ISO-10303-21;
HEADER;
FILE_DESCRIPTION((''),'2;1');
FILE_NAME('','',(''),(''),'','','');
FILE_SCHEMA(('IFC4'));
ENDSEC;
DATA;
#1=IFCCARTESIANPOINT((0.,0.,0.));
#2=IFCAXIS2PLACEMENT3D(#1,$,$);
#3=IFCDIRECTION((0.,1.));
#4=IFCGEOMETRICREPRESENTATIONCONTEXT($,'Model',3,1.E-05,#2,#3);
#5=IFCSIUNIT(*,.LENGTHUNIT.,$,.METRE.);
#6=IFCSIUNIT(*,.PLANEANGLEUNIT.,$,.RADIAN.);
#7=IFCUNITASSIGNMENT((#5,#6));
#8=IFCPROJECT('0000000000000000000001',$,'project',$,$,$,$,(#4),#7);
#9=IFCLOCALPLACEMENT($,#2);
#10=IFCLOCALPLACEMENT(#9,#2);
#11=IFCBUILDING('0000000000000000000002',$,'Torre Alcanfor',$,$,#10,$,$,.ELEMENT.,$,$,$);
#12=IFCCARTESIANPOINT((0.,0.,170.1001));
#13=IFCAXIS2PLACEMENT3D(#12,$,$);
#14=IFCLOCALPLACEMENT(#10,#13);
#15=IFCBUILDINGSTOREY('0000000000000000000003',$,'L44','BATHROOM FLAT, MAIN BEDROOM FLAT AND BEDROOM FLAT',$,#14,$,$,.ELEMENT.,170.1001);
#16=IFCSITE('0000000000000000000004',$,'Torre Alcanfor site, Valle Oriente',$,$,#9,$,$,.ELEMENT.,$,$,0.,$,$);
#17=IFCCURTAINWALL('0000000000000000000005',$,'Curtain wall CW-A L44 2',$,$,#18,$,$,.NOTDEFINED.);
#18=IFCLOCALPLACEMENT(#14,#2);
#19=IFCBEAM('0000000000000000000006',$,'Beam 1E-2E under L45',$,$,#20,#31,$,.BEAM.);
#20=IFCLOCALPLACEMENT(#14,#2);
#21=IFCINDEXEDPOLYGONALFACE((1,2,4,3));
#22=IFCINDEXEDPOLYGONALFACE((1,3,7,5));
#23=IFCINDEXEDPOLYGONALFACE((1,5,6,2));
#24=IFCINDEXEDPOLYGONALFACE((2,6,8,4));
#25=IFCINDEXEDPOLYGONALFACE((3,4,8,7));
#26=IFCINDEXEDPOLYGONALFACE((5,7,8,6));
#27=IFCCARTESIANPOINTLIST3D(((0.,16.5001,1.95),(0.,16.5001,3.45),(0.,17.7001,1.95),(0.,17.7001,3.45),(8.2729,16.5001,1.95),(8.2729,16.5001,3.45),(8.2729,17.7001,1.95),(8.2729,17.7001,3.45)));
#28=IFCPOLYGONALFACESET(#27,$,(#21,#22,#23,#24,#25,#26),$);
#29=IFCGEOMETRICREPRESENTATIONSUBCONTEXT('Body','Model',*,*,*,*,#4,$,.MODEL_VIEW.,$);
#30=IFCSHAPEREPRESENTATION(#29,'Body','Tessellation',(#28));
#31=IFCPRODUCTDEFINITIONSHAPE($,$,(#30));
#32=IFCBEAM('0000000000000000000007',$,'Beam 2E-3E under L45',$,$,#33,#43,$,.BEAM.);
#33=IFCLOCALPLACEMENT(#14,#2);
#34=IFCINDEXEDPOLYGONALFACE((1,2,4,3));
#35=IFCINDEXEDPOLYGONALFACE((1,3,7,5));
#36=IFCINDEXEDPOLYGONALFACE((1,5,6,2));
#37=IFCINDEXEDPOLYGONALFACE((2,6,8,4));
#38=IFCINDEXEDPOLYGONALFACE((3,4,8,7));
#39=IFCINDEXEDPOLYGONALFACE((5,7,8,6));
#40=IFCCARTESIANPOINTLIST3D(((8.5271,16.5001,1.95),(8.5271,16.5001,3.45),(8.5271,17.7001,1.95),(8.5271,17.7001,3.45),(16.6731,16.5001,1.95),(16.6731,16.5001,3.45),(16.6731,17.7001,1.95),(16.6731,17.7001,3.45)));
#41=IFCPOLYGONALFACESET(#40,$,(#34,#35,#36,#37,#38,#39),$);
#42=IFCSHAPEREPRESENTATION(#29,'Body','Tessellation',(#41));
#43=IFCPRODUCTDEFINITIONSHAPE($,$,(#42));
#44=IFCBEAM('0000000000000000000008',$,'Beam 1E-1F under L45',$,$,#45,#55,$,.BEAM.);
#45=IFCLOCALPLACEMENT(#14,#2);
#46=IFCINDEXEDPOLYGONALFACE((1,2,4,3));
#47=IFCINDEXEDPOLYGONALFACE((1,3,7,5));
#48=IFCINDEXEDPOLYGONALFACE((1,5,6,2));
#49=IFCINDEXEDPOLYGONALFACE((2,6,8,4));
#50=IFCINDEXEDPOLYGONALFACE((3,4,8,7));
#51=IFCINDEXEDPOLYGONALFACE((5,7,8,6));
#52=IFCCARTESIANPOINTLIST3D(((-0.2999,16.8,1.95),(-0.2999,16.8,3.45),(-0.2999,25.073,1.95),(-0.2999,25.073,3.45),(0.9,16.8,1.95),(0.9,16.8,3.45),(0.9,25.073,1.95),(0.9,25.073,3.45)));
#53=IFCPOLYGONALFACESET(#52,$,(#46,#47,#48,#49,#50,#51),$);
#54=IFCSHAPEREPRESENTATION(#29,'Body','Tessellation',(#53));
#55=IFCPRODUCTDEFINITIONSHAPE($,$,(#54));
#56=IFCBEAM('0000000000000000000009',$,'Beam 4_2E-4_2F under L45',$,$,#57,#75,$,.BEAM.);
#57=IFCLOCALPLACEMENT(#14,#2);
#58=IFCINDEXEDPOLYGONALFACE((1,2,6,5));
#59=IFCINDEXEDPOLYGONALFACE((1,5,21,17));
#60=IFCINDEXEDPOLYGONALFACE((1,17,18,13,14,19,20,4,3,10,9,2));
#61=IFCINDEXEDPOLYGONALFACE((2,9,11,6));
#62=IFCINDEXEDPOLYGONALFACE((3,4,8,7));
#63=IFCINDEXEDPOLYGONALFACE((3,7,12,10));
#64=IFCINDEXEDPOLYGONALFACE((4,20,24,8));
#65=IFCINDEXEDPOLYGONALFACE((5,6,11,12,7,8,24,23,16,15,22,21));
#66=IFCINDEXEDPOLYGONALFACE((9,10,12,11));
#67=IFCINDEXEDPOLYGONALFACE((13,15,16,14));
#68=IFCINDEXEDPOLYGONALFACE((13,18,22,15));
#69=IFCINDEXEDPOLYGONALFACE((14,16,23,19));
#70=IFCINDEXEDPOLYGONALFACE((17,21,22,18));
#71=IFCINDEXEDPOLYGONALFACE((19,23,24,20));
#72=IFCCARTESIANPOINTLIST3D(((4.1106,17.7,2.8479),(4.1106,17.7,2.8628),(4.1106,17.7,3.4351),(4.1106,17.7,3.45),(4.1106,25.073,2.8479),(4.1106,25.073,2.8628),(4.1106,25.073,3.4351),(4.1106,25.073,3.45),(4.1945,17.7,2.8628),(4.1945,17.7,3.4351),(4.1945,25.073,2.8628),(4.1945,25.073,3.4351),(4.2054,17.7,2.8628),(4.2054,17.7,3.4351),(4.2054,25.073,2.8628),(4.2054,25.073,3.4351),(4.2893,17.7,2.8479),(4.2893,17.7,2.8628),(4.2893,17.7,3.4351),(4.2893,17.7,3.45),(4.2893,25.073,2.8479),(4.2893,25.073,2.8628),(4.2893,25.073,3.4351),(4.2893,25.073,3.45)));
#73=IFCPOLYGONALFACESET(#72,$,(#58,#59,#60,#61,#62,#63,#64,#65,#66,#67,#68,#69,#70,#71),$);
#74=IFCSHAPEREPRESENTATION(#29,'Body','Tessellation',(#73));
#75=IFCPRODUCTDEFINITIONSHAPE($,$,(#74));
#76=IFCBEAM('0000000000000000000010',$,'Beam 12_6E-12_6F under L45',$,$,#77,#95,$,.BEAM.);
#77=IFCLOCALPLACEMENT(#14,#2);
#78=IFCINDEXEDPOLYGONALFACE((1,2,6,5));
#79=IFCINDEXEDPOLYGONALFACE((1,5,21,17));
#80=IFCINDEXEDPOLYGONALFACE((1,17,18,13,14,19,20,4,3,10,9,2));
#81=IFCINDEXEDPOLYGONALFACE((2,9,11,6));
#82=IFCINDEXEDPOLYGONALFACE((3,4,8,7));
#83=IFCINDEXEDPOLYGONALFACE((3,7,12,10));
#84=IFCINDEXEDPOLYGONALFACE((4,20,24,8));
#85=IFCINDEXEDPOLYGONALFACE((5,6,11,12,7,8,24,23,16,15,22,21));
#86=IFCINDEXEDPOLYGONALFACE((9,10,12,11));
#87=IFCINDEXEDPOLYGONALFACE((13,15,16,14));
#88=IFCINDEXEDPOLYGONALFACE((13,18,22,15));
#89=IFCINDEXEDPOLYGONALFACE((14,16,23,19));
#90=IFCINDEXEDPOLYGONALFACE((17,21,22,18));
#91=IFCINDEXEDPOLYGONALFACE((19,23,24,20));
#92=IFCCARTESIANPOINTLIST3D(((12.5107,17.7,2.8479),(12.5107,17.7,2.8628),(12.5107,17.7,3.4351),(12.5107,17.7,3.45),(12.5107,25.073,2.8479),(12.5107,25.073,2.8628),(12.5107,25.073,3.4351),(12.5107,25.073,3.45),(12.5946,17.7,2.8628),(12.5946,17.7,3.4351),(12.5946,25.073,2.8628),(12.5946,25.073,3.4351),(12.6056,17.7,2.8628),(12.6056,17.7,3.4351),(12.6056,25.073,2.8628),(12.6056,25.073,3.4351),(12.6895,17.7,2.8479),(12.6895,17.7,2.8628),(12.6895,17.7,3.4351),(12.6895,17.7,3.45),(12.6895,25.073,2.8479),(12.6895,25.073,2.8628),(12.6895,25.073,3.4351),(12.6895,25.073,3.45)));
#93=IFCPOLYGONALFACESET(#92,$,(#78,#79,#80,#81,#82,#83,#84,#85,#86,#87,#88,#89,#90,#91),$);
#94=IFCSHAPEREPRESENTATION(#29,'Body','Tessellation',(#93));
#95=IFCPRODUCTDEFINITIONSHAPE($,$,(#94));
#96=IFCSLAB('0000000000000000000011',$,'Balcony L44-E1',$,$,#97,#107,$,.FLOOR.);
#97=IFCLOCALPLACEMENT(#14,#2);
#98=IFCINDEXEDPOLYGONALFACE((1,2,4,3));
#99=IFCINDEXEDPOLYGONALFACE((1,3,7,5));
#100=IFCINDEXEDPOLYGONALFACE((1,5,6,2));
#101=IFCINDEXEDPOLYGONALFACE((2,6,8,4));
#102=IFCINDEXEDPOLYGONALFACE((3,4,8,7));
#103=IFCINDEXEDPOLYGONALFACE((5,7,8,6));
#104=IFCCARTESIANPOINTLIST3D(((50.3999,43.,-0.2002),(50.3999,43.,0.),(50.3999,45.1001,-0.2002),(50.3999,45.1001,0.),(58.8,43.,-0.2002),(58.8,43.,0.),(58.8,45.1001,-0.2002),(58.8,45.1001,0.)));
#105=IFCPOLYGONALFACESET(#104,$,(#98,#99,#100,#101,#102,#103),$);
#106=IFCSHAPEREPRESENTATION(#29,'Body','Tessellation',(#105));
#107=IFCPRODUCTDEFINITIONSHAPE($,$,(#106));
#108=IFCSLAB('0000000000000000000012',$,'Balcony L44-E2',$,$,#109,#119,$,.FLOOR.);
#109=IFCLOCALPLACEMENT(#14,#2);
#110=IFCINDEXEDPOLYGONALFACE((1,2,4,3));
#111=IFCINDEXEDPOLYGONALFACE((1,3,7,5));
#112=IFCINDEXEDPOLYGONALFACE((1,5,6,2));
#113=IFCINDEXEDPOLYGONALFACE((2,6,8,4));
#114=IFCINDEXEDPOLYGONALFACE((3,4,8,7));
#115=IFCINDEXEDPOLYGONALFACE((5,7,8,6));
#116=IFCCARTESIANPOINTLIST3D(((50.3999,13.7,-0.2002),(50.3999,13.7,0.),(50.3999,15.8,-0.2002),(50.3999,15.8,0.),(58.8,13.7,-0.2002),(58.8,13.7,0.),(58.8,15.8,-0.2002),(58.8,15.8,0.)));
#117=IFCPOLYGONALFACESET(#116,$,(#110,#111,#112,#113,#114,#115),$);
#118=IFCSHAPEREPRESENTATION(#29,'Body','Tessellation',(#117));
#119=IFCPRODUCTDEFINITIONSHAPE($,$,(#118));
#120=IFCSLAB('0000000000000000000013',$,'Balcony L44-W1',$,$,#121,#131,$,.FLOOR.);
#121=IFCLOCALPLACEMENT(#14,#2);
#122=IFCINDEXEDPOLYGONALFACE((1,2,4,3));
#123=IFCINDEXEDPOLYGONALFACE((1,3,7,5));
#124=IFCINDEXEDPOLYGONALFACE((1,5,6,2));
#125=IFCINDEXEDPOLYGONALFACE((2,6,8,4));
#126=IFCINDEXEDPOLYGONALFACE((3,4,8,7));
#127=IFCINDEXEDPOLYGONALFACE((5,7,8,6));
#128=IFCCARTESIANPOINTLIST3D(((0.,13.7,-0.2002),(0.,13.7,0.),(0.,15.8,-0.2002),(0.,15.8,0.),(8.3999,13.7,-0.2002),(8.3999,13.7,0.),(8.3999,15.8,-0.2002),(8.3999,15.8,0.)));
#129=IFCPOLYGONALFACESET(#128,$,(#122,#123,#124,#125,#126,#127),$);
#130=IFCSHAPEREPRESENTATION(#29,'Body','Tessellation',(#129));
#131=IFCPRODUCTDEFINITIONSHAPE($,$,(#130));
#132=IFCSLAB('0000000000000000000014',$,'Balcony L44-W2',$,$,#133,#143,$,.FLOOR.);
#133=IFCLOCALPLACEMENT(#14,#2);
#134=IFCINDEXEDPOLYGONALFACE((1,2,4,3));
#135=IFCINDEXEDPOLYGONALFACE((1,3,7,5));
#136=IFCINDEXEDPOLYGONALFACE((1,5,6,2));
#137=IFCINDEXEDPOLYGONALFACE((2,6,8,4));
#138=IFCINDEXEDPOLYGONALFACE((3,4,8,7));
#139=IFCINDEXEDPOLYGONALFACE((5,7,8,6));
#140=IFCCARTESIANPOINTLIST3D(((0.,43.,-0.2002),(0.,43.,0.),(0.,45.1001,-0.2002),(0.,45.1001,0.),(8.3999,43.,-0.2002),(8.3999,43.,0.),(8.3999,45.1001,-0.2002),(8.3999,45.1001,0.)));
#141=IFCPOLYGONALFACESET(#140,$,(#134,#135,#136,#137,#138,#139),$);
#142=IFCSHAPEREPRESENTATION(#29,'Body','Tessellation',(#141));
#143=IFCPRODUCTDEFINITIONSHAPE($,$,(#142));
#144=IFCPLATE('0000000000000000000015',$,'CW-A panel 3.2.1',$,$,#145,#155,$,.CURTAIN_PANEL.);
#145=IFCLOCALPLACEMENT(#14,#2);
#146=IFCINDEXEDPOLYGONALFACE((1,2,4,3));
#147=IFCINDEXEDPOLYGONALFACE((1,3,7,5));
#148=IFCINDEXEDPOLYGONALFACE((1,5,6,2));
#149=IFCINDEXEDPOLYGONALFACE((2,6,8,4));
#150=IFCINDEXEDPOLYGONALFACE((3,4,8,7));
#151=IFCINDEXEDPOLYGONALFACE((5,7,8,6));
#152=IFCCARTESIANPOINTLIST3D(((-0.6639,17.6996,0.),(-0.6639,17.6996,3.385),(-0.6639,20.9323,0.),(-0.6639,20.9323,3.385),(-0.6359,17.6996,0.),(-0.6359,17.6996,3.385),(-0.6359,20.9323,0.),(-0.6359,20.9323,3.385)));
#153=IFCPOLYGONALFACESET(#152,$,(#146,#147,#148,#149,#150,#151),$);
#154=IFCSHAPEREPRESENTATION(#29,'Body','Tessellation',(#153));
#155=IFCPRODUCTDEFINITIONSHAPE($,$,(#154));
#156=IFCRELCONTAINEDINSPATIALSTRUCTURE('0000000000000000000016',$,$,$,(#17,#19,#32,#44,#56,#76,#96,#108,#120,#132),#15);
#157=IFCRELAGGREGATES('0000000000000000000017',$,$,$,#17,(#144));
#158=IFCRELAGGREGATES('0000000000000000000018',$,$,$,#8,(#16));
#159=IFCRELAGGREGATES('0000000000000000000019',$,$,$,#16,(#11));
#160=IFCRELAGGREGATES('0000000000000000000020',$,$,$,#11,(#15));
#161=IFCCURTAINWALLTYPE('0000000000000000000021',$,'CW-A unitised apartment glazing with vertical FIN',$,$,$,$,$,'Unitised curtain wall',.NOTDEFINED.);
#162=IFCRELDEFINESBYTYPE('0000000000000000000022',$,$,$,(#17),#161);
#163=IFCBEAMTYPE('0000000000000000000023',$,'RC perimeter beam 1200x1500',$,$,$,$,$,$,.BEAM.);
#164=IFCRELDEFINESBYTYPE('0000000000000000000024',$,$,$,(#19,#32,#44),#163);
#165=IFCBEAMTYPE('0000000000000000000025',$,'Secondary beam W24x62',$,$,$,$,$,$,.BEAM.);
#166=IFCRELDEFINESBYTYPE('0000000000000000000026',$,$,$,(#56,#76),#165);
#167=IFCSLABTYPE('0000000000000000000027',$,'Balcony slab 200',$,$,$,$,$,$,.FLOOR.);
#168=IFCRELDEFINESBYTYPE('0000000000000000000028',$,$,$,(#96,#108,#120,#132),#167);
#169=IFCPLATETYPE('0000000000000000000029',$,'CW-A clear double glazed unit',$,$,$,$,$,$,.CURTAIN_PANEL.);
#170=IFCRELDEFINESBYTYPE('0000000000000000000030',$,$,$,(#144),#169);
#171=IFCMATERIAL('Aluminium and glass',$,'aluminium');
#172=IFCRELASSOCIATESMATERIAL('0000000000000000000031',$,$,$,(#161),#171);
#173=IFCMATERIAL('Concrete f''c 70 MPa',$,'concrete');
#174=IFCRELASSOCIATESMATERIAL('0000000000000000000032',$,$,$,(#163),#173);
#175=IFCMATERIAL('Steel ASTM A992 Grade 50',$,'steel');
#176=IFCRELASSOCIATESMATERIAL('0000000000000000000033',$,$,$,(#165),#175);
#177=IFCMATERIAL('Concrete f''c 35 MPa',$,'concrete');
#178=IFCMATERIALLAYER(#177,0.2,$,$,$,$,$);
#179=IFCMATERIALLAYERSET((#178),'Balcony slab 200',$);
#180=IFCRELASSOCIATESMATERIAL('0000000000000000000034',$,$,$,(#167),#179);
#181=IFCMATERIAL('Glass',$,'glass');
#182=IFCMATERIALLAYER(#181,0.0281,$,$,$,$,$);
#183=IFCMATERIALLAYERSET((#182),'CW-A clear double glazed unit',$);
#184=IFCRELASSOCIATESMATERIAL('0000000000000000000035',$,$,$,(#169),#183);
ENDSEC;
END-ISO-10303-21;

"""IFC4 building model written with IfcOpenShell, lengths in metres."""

from ifc_helpers import new_model, si_unit, direction, frame, origin, origin_2d, place, context, subcontext, project, spatial, polyline, rectangle, i_section, outline, extrude, material, layer, layer_set, material_profile, profile_set, type_object, element, aggregate, save


model = new_model("IFC4")

# Units and contexts
model_context = context("Model", 3, precision=1e-05, world=origin(), true_north=direction((0.0, 1.0)))
body_context = subcontext(model_context, "Body", "Model", "MODEL_VIEW")
ifc_project = project(units=[si_unit("LENGTHUNIT", "METRE"), si_unit("PLANEANGLEUNIT", "RADIAN")], contexts=[model_context])

# Site, building, storey
site_placement = place(None, origin())
site = spatial("IfcSite", under=ifc_project, at=site_placement, Name="Torre Alcanfor site, Valle Oriente", CompositionType="ELEMENT", RefElevation=0.0)
building_placement = place(site_placement, origin())
building = spatial("IfcBuilding", under=site, at=building_placement, Name="Torre Alcanfor", CompositionType="ELEMENT")
storey_placement = place(building_placement, frame((0.0, 0.0, 170.1001)))
storey = spatial("IfcBuildingStorey", under=building, at=storey_placement, Name="L44", Description="BATHROOM FLAT, MAIN BEDROOM FLAT AND BEDROOM FLAT", CompositionType="ELEMENT", Elevation=170.1001)

# Curtain wall
ifc_material_1 = material(Name="Aluminium and glass", Category="aluminium")
curtain_wall_type = type_object("IfcCurtainWallType", Name="CW-A unitised apartment glazing with vertical FIN", ElementType="Unitised curtain wall", PredefinedType="NOTDEFINED", material=ifc_material_1)
curtain_wall_placement = place(storey_placement, origin())
curtain_wall = element("IfcCurtainWall", 1, at=curtain_wall_placement, inside=storey, type_object=curtain_wall_type, Name="Curtain wall CW-A L44 2", PredefinedType="NOTDEFINED")

# Beams
ifc_material_2 = material(Name="Concrete f'c 70 MPa", Category="concrete")
ifc_material_profile_1 = material_profile(ifc_material_2, rectangle(XDim=1.2, YDim=1.5, at=origin_2d()), Name="1200x1500")
ifc_profile_set_1 = profile_set([ifc_material_profile_1], Name="Concrete f'c 70 MPa")
beam_type_1 = type_object("IfcBeamType", Name="RC perimeter beam 1200x1500", PredefinedType="BEAM", material=ifc_profile_set_1)
beam_1_placement = place(storey_placement, frame((0.0, 17.1001, 2.7), z_axis=(1.0, 0.0, 0.0), x_axis=(0.0, 1.0, 0.0)))
element("IfcBeam", 2, at=beam_1_placement, inside=storey, type_object=beam_type_1, Name="Beam 1E-2E under L45", PredefinedType="BEAM", context=body_context, shape_type="SweptSolid", body=[
    extrude(rectangle(XDim=1.2, YDim=1.5, at=origin_2d()), origin(), (0.0, 0.0, 1.0), 8.2729),
])
beam_2_placement = place(storey_placement, frame((8.5271, 17.1001, 2.7), z_axis=(1.0, 0.0, 0.0), x_axis=(0.0, 1.0, 0.0)))
element("IfcBeam", 3, at=beam_2_placement, inside=storey, type_object=beam_type_1, Name="Beam 2E-3E under L45", PredefinedType="BEAM", context=body_context, shape_type="SweptSolid", body=[
    extrude(rectangle(XDim=1.2, YDim=1.5, at=origin_2d()), origin(), (0.0, 0.0, 1.0), 8.146),
])
beam_3_placement = place(storey_placement, frame((0.3, 16.8, 2.7), z_axis=(0.0, 1.0, 0.0), x_axis=(-1.0, 0.0, 0.0)))
element("IfcBeam", 4, at=beam_3_placement, inside=storey, type_object=beam_type_1, Name="Beam 1E-1F under L45", PredefinedType="BEAM", context=body_context, shape_type="SweptSolid", body=[
    extrude(rectangle(XDim=1.2, YDim=1.5, at=origin_2d()), origin(), (0.0, 0.0, 1.0), 8.2729),
])
ifc_material_3 = material(Name="Steel ASTM A992 Grade 50", Category="steel")
ifc_material_profile_2 = material_profile(ifc_material_3, i_section(OverallWidth=0.1787, OverallDepth=0.6021, WebThickness=0.011, FlangeThickness=0.0149, at=origin_2d()), Name="W24x62")
ifc_profile_set_2 = profile_set([ifc_material_profile_2], Name="Steel ASTM A992 Grade 50")
beam_type_2 = type_object("IfcBeamType", Name="Secondary beam W24x62", PredefinedType="BEAM", material=ifc_profile_set_2)
for number, where, z_axis, x_axis, name in (
    (5, (4.2, 17.7, 3.1489), (0.0, 1.0, 0.0), (-1.0, 0.0, 0.0), "Beam 4_2E-4_2F under L45"),
    (6, (12.6001, 17.7, 3.1489), (0.0, 1.0, 0.0), (-1.0, 0.0, 0.0), "Beam 12_6E-12_6F under L45"),
):
    element("IfcBeam", number, at=place(storey_placement, frame(where, z_axis=z_axis, x_axis=x_axis)), inside=storey, type_object=beam_type_2, Name=name, PredefinedType="BEAM", context=body_context, shape_type="SweptSolid", body=[
        extrude(i_section(OverallWidth=0.1787, OverallDepth=0.6021, WebThickness=0.011, FlangeThickness=0.0149, at=origin_2d()), origin(), (0.0, 0.0, 1.0), 7.373),
    ])

# Slabs
ifc_material_4 = material(Name="Concrete f'c 35 MPa", Category="concrete")
ifc_layer_1 = layer(ifc_material_4, 0.2)
ifc_layer_set_1 = layer_set([ifc_layer_1], Name="Balcony slab 200")
slab_type_1 = type_object("IfcSlabType", Name="Balcony slab 200", PredefinedType="FLOOR", material=ifc_layer_set_1)
slab_1_placement = place(storey_placement, frame((0.0, 0.0, -0.2002)))
element("IfcSlab", 7, at=slab_1_placement, inside=storey, type_object=slab_type_1, Name="Balcony L44-E1", PredefinedType="FLOOR", context=body_context, shape_type="SweptSolid", body=[
    extrude(outline(polyline([(50.3999, 43.0), (58.8, 43.0), (58.8, 45.1001), (50.3999, 45.1001), (50.3999, 43.0)])), origin(), (0.0, 0.0, 1.0), 0.2002),
])
slab_2_placement = place(storey_placement, frame((0.0, 0.0, -0.2002)))
element("IfcSlab", 8, at=slab_2_placement, inside=storey, type_object=slab_type_1, Name="Balcony L44-E2", PredefinedType="FLOOR", context=body_context, shape_type="SweptSolid", body=[
    extrude(outline(polyline([(50.3999, 13.7), (58.8, 13.7), (58.8, 15.8), (50.3999, 15.8), (50.3999, 13.7)])), origin(), (0.0, 0.0, 1.0), 0.2002),
])
slab_3_placement = place(storey_placement, frame((0.0, 0.0, -0.2002)))
element("IfcSlab", 9, at=slab_3_placement, inside=storey, type_object=slab_type_1, Name="Balcony L44-W1", PredefinedType="FLOOR", context=body_context, shape_type="SweptSolid", body=[
    extrude(outline(polyline([(8.3999, 15.8), (0.0, 15.8), (0.0, 13.7), (8.3999, 13.7), (8.3999, 15.8)])), origin(), (0.0, 0.0, 1.0), 0.2002),
])
slab_4_placement = place(storey_placement, frame((0.0, 0.0, -0.2002)))
element("IfcSlab", 10, at=slab_4_placement, inside=storey, type_object=slab_type_1, Name="Balcony L44-W2", PredefinedType="FLOOR", context=body_context, shape_type="SweptSolid", body=[
    extrude(outline(polyline([(8.3999, 45.1001), (0.0, 45.1001), (0.0, 43.0), (8.3999, 43.0), (8.3999, 45.1001)])), origin(), (0.0, 0.0, 1.0), 0.2002),
])

# Plate
ifc_material_5 = material(Name="Glass", Category="glass")
ifc_layer_2 = layer(ifc_material_5, 0.0281)
ifc_layer_set_2 = layer_set([ifc_layer_2], Name="CW-A clear double glazed unit")
plate_type = type_object("IfcPlateType", Name="CW-A clear double glazed unit", PredefinedType="CURTAIN_PANEL", material=ifc_layer_set_2)
plate_placement = place(storey_placement, frame((-0.6499, 19.3159, 0.0), z_axis=(0.0, 0.0, 1.0), x_axis=(0.0, -1.0, 0.0)))
plate = element("IfcPlate", 11, at=plate_placement, type_object=plate_type, Name="CW-A panel 3.2.1", PredefinedType="CURTAIN_PANEL", context=body_context, shape_type="SweptSolid", body=[
    extrude(rectangle(XDim=3.2327, YDim=0.0281, at=origin_2d()), origin(), (0.0, 0.0, 1.0), 3.385),
])
aggregate(curtain_wall, [plate])

save(model, "model.ifc")
